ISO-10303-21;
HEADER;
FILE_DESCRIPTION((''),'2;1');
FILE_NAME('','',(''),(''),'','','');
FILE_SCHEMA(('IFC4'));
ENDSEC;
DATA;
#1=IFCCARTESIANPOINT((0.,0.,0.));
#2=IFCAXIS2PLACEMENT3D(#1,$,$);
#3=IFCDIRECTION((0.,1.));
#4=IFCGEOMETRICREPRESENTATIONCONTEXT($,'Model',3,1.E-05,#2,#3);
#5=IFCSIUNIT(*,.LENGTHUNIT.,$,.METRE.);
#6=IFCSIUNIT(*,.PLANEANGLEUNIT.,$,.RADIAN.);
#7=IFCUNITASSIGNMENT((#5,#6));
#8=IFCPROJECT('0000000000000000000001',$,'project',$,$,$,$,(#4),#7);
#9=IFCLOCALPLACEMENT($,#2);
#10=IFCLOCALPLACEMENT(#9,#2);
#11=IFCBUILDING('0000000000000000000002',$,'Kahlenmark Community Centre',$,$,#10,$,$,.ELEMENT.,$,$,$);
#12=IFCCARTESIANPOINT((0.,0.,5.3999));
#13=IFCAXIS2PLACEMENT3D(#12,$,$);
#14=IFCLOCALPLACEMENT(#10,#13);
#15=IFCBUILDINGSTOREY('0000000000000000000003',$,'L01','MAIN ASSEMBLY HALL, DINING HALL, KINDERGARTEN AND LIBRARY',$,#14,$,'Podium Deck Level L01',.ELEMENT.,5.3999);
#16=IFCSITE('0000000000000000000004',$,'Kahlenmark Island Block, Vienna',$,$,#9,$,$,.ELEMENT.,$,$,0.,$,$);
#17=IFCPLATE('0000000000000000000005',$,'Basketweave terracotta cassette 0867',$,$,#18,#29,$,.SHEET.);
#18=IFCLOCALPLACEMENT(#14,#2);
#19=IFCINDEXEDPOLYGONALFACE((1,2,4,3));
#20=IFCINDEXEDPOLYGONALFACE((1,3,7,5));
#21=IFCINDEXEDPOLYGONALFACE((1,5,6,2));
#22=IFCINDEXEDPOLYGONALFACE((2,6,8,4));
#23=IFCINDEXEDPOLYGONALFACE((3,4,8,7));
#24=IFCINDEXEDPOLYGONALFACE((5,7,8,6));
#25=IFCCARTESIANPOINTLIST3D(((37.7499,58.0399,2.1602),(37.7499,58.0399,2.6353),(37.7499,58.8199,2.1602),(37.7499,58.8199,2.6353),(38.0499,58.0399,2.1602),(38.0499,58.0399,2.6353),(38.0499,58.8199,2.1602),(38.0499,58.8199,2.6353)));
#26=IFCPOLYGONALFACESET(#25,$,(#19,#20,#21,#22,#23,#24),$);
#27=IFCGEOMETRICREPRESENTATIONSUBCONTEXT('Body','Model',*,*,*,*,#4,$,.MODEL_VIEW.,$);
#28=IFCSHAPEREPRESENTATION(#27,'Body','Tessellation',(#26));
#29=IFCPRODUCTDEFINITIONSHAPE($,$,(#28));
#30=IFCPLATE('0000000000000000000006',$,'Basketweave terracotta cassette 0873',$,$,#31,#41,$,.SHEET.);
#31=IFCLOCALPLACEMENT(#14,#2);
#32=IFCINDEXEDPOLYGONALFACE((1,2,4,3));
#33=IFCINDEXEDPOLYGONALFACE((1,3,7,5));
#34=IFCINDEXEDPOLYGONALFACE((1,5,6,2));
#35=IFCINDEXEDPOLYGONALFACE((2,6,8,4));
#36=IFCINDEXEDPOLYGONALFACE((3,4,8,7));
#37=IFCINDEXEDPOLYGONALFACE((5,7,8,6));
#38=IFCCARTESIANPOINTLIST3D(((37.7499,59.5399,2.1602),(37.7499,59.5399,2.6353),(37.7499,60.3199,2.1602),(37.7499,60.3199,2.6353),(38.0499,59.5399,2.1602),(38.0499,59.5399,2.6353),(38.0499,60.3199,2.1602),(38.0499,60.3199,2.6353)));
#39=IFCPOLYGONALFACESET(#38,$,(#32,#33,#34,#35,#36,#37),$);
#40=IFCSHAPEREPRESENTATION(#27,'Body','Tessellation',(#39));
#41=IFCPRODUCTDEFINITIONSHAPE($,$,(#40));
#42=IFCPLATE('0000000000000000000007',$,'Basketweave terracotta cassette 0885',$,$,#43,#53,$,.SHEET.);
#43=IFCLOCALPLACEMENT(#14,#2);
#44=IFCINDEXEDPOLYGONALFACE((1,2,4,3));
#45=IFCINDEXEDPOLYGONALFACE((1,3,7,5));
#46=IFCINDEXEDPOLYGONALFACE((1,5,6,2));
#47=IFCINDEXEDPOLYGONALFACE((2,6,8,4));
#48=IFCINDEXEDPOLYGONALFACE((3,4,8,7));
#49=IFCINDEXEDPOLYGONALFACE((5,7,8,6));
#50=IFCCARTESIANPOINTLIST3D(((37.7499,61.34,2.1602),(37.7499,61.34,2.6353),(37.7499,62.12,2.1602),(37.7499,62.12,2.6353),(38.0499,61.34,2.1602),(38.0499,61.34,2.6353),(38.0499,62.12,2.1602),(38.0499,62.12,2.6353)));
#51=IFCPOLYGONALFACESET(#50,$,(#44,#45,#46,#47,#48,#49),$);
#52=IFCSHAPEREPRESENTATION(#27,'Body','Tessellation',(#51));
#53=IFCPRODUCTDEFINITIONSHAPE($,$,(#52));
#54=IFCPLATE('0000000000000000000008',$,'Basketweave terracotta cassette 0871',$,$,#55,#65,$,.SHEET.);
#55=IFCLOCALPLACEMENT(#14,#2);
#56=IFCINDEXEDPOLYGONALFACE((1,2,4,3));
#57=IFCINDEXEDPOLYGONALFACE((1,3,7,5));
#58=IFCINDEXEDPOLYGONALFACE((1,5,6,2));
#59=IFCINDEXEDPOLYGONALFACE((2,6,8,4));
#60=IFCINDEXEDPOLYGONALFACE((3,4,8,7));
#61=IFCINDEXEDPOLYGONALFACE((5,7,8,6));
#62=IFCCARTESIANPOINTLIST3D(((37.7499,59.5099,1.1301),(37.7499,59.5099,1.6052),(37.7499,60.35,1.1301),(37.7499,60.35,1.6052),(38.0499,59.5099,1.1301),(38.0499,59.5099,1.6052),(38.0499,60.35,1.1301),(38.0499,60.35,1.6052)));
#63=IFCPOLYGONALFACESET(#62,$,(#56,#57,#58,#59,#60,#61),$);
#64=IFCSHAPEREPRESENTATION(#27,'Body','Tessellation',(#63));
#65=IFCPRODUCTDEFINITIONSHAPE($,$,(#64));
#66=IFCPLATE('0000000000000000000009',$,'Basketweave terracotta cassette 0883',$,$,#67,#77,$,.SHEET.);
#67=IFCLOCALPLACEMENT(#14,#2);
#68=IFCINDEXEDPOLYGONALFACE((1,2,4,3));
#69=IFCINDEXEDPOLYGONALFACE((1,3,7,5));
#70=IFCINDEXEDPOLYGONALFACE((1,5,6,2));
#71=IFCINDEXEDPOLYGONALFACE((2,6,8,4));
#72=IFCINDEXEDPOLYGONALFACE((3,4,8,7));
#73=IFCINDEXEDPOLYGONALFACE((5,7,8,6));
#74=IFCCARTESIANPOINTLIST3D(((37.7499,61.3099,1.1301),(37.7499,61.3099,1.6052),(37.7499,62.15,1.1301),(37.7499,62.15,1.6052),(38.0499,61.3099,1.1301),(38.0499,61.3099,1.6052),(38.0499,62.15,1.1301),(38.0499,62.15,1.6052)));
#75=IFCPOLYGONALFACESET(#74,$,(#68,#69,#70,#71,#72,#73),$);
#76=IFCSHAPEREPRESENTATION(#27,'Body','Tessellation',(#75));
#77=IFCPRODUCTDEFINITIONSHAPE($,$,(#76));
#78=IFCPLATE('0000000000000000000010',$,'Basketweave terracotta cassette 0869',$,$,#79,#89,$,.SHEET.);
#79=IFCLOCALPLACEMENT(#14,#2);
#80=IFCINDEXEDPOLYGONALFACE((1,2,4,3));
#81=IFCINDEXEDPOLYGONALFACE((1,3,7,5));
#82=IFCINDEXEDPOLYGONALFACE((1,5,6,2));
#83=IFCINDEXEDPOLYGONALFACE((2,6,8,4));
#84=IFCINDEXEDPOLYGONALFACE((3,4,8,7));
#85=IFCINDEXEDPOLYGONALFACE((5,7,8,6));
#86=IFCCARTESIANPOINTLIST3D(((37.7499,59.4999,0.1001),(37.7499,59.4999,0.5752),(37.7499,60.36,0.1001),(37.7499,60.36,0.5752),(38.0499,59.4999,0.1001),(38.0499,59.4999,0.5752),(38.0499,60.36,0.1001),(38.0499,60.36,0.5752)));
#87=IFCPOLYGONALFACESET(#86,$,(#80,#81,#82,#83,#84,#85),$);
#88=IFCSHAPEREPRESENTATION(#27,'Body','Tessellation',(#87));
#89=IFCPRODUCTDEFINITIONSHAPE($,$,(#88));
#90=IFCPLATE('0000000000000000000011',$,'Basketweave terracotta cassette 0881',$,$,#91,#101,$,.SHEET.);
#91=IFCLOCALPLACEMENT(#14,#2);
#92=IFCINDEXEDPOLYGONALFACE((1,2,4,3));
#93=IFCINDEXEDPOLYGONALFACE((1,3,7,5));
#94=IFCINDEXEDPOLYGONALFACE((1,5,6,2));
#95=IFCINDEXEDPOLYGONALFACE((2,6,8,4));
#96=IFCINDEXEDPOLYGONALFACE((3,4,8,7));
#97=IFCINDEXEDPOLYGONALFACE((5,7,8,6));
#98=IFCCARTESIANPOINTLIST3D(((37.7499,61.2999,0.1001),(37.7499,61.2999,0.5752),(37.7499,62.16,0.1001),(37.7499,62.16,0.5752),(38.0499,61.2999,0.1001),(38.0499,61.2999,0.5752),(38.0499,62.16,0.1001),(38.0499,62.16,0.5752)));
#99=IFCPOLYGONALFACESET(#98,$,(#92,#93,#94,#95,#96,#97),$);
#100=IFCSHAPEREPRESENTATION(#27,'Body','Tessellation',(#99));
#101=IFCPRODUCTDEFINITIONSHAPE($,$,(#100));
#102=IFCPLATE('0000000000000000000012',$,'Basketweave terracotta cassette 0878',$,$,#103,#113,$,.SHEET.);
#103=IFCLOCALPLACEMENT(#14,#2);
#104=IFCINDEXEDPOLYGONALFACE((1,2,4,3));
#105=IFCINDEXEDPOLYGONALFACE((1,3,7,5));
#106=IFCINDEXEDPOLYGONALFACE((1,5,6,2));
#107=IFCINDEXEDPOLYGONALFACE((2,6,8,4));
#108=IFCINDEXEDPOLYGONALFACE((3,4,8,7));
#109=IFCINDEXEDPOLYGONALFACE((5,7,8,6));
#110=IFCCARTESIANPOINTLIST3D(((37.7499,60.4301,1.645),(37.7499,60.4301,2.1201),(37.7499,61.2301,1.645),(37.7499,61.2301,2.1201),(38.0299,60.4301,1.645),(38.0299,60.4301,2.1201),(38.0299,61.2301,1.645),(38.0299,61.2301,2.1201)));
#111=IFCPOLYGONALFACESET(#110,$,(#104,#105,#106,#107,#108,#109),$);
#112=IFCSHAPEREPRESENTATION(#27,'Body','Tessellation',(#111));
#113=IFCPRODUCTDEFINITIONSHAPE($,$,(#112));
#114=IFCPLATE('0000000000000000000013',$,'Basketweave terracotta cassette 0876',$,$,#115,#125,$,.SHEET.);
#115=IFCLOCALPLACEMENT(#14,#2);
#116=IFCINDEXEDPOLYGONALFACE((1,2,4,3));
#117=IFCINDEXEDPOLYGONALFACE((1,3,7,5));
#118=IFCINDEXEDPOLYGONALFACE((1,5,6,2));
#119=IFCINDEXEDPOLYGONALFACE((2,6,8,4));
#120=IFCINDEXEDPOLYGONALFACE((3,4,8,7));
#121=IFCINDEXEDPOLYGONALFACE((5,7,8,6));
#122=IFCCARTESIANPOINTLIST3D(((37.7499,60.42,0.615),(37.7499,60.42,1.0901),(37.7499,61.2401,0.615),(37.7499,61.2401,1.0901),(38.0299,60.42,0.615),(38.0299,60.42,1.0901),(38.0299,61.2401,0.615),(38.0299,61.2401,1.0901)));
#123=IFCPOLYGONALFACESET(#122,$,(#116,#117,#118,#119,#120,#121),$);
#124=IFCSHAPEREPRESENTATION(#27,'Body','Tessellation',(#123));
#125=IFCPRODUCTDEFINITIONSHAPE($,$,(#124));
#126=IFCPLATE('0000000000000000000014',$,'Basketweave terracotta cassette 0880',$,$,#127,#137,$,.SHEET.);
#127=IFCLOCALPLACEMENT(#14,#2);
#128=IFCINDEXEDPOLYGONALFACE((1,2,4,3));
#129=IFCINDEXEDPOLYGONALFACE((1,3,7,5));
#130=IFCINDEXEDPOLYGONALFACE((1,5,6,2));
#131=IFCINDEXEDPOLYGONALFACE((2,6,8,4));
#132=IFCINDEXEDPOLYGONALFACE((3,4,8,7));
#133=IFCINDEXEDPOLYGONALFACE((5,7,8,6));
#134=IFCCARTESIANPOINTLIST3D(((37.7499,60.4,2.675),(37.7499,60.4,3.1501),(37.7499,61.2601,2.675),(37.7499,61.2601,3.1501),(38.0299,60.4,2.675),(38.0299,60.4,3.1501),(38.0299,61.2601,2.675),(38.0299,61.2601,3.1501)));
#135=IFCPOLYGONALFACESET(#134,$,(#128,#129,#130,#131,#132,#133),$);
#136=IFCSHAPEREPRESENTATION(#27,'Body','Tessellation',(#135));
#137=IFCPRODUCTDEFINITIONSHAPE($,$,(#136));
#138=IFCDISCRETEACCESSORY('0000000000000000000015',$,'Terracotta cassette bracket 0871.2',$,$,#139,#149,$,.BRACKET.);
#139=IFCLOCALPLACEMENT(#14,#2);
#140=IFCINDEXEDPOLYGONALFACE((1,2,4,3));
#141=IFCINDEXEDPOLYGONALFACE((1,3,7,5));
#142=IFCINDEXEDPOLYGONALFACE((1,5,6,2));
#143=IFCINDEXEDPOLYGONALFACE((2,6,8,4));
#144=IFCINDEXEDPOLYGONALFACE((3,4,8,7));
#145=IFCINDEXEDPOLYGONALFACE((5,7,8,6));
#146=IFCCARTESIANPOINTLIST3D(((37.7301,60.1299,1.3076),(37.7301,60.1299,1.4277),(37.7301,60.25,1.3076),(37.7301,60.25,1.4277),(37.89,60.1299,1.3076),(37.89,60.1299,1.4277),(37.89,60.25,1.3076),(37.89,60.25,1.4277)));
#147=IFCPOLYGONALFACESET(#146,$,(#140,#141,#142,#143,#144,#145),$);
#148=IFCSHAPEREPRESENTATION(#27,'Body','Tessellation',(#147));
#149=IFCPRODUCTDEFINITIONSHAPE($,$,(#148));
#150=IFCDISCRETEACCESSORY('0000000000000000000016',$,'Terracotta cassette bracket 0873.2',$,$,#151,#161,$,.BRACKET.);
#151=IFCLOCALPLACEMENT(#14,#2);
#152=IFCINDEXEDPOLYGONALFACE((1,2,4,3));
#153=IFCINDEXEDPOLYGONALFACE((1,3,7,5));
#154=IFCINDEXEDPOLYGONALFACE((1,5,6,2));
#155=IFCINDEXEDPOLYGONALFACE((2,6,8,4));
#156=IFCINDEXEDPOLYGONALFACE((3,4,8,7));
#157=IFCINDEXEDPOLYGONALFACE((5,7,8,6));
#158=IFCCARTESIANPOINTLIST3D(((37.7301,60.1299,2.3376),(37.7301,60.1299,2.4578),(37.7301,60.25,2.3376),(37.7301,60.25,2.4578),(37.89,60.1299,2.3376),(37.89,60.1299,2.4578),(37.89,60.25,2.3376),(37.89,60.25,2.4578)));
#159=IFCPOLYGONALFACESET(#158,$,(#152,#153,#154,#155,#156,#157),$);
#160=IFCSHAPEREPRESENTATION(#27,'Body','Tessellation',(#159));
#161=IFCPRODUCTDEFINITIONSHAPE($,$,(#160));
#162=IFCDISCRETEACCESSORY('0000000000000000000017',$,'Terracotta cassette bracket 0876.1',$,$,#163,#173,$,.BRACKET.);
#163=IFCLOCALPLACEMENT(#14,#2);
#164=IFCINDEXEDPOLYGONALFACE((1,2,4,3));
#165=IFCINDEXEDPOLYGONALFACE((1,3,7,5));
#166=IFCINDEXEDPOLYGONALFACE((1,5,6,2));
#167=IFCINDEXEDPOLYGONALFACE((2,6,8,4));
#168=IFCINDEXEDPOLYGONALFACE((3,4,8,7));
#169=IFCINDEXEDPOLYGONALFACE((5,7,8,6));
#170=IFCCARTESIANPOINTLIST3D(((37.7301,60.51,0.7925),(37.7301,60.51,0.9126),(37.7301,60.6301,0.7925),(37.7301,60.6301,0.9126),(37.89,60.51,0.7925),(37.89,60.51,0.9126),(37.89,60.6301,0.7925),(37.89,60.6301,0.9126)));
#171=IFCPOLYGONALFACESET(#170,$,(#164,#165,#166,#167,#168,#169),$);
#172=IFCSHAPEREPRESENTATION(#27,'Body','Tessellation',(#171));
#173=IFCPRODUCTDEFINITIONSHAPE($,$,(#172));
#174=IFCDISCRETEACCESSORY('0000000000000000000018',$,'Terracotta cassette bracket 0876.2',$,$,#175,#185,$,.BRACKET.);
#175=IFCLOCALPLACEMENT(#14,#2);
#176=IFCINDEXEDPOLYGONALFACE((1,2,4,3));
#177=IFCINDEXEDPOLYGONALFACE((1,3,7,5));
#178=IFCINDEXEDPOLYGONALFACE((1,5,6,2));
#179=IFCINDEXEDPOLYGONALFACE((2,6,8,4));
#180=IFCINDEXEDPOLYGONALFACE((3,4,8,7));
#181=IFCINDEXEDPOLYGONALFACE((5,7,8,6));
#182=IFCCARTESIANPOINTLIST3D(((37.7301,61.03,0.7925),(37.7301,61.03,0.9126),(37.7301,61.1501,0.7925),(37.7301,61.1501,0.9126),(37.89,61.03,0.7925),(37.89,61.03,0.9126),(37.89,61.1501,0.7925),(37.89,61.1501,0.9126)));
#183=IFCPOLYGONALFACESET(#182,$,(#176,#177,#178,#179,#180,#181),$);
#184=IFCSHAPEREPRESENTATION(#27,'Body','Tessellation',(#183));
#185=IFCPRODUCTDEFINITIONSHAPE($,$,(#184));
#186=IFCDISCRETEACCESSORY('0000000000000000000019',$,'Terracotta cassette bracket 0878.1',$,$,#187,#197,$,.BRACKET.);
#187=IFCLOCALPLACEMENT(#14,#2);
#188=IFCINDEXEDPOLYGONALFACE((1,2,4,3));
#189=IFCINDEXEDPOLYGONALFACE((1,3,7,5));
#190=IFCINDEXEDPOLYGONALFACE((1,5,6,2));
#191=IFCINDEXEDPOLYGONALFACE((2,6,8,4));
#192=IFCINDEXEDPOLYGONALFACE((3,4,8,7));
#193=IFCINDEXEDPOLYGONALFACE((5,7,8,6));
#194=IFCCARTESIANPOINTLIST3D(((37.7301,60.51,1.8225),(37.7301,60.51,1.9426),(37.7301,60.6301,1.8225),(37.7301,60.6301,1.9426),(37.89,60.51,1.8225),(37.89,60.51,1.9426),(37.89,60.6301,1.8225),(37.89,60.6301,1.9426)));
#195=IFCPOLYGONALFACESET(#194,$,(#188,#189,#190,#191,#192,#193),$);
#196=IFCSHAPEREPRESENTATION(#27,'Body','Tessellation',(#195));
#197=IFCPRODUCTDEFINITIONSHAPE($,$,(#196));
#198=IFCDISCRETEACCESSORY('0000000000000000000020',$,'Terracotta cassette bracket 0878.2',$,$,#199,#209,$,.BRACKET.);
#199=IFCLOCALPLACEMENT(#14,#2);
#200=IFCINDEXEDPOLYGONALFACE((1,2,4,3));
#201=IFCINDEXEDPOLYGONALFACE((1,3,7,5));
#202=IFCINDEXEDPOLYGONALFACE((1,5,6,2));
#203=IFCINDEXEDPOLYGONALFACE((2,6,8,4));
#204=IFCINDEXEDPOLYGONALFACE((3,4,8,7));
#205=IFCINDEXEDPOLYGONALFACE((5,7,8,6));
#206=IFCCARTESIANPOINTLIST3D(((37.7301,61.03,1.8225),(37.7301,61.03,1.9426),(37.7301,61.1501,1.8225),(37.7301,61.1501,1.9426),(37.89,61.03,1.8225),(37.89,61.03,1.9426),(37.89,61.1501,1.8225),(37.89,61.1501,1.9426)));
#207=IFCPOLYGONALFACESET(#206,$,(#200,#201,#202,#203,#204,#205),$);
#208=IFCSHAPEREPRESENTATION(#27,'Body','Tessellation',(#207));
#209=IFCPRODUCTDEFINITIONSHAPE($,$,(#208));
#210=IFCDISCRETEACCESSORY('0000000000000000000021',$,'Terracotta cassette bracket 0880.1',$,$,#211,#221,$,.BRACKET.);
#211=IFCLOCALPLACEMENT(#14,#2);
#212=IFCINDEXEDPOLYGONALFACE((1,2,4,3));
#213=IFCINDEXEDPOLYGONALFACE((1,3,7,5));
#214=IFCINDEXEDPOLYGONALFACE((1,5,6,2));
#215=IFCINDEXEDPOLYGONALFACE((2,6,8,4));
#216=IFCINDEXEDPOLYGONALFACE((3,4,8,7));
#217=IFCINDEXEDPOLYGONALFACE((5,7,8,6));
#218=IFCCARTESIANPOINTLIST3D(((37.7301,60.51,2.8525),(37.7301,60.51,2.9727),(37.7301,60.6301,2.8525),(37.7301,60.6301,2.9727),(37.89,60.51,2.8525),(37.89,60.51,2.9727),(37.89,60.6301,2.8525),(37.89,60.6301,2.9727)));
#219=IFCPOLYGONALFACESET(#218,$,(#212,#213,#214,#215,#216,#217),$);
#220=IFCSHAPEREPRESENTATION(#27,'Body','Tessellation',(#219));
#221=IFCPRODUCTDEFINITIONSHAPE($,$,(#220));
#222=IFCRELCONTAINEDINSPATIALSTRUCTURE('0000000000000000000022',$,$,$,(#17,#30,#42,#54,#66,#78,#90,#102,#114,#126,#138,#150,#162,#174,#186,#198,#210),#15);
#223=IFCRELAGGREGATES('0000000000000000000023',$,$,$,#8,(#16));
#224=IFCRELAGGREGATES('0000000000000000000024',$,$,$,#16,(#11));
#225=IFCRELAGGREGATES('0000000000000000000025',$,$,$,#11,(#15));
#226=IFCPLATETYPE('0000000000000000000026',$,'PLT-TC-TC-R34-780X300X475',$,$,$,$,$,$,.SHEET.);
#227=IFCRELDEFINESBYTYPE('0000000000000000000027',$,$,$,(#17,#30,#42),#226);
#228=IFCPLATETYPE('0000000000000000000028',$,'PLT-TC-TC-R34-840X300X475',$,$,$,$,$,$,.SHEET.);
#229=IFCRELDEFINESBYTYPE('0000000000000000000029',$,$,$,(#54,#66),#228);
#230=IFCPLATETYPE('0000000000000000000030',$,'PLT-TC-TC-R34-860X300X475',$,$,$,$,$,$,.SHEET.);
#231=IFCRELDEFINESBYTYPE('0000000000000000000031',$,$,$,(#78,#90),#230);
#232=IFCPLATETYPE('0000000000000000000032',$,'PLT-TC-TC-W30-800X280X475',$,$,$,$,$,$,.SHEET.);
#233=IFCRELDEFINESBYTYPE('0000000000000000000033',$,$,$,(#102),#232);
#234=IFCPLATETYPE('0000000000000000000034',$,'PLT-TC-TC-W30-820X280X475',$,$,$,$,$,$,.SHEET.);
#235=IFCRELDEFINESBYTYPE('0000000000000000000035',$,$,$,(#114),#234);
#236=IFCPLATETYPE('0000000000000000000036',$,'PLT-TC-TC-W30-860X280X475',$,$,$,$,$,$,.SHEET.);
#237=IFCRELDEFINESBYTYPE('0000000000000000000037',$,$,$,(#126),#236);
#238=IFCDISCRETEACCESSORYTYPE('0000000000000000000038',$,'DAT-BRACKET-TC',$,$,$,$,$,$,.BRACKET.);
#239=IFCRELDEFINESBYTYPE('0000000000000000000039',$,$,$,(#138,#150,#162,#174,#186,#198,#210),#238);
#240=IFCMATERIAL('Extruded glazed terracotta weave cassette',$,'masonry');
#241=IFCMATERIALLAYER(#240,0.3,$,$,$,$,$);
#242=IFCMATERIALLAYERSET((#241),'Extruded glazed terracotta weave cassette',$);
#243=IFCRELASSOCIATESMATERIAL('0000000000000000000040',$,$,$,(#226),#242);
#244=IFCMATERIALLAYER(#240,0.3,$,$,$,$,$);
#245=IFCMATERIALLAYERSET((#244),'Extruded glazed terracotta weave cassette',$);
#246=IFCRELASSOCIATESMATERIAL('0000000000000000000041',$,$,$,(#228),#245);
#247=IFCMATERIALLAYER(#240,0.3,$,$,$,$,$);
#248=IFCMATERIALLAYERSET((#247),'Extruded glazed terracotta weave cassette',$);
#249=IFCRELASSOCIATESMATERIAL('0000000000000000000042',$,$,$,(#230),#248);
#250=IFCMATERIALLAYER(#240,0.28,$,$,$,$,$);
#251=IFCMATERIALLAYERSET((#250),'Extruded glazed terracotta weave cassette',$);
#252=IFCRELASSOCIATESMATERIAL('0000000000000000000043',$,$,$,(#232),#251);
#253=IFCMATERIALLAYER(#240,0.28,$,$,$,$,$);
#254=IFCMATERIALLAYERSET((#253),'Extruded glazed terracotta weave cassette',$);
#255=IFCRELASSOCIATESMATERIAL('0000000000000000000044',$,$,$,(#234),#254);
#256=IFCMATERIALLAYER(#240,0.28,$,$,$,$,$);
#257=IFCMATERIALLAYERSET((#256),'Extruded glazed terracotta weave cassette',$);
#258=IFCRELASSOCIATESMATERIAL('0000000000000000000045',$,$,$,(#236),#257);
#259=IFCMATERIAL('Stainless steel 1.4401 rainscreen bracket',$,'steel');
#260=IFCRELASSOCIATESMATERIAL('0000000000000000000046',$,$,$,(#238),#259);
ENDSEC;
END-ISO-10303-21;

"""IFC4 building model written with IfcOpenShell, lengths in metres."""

from ifc_helpers import new_model, si_unit, direction, frame, origin, origin_2d, place, context, subcontext, project, spatial, rectangle, extrude, material, layer, layer_set, type_object, element, save


model = new_model("IFC4")

# Units and contexts
model_context = context("Model", 3, precision=1e-05, world=origin(), true_north=direction((0.0, 1.0)))
body_context = subcontext(model_context, "Body", "Model", "MODEL_VIEW")
ifc_project = project(units=[si_unit("LENGTHUNIT", "METRE"), si_unit("PLANEANGLEUNIT", "RADIAN")], contexts=[model_context])

# Site, building, storey
site_placement = place(None, origin())
site = spatial("IfcSite", under=ifc_project, at=site_placement, Name="Kahlenmark Island Block, Vienna", CompositionType="ELEMENT", RefElevation=0.0)
building_placement = place(site_placement, origin())
building = spatial("IfcBuilding", under=site, at=building_placement, Name="Kahlenmark Community Centre", CompositionType="ELEMENT")
storey_placement = place(building_placement, frame((0.0, 0.0, 5.3999)))
storey = spatial("IfcBuildingStorey", under=building, at=storey_placement, Name="L01", Description="MAIN ASSEMBLY HALL, DINING HALL, KINDERGARTEN AND LIBRARY", LongName="Podium Deck Level L01", CompositionType="ELEMENT", Elevation=5.3999)

# Plates
ifc_material_1 = material(Name="Extruded glazed terracotta weave cassette", Category="masonry")
ifc_layer_1 = layer(ifc_material_1, 0.3)
ifc_layer_set_1 = layer_set([ifc_layer_1], Name="Extruded glazed terracotta weave cassette")
plate_type_1 = type_object("IfcPlateType", Name="PLT-TC-TC-R34-780X300X475", PredefinedType="SHEET", material=ifc_layer_set_1)
for number, where, z_axis, x_axis, name in (
    (1, (37.8999, 58.4299, 2.1602), (0.0, 0.0, 1.0), (0.0, 1.0, 0.0), "Basketweave terracotta cassette 0867"),
    (2, (37.8999, 59.9299, 2.1602), (0.0, 0.0, 1.0), (0.0, 1.0, 0.0), "Basketweave terracotta cassette 0873"),
    (3, (37.8999, 61.73, 2.1602), (0.0, 0.0, 1.0), (0.0, 1.0, 0.0), "Basketweave terracotta cassette 0885"),
):
    element("IfcPlate", number, at=place(storey_placement, frame(where, z_axis=z_axis, x_axis=x_axis)), inside=storey, type_object=plate_type_1, Name=name, PredefinedType="SHEET", context=body_context, shape_type="SweptSolid", body=[
        extrude(rectangle(XDim=0.78, YDim=0.3, at=origin_2d()), origin(), (0.0, 0.0, 1.0), 0.4751),
    ])
ifc_layer_2 = layer(ifc_material_1, 0.3)
ifc_layer_set_2 = layer_set([ifc_layer_2], Name="Extruded glazed terracotta weave cassette")
plate_type_2 = type_object("IfcPlateType", Name="PLT-TC-TC-R34-840X300X475", PredefinedType="SHEET", material=ifc_layer_set_2)
for number, where, z_axis, x_axis, name in (
    (4, (37.8999, 59.9299, 1.1301), (0.0, 0.0, 1.0), (0.0, 1.0, 0.0), "Basketweave terracotta cassette 0871"),
    (5, (37.8999, 61.73, 1.1301), (0.0, 0.0, 1.0), (0.0, 1.0, 0.0), "Basketweave terracotta cassette 0883"),
):
    element("IfcPlate", number, at=place(storey_placement, frame(where, z_axis=z_axis, x_axis=x_axis)), inside=storey, type_object=plate_type_2, Name=name, PredefinedType="SHEET", context=body_context, shape_type="SweptSolid", body=[
        extrude(rectangle(XDim=0.8401, YDim=0.3, at=origin_2d()), origin(), (0.0, 0.0, 1.0), 0.4751),
    ])
ifc_layer_3 = layer(ifc_material_1, 0.3)
ifc_layer_set_3 = layer_set([ifc_layer_3], Name="Extruded glazed terracotta weave cassette")
plate_type_3 = type_object("IfcPlateType", Name="PLT-TC-TC-R34-860X300X475", PredefinedType="SHEET", material=ifc_layer_set_3)
for number, where, z_axis, x_axis, name in (
    (6, (37.8999, 59.9299, 0.1001), (0.0, 0.0, 1.0), (0.0, 1.0, 0.0), "Basketweave terracotta cassette 0869"),
    (7, (37.8999, 61.73, 0.1001), (0.0, 0.0, 1.0), (0.0, 1.0, 0.0), "Basketweave terracotta cassette 0881"),
):
    element("IfcPlate", number, at=place(storey_placement, frame(where, z_axis=z_axis, x_axis=x_axis)), inside=storey, type_object=plate_type_3, Name=name, PredefinedType="SHEET", context=body_context, shape_type="SweptSolid", body=[
        extrude(rectangle(XDim=0.8601, YDim=0.3, at=origin_2d()), origin(), (0.0, 0.0, 1.0), 0.4751),
    ])
ifc_layer_4 = layer(ifc_material_1, 0.28)
ifc_layer_set_4 = layer_set([ifc_layer_4], Name="Extruded glazed terracotta weave cassette")
plate_type_4 = type_object("IfcPlateType", Name="PLT-TC-TC-W30-800X280X475", PredefinedType="SHEET", material=ifc_layer_set_4)
plate_1_placement = place(storey_placement, frame((37.8899, 60.8301, 1.645), z_axis=(0.0, 0.0, 1.0), x_axis=(0.0, 1.0, 0.0)))
element("IfcPlate", 8, at=plate_1_placement, inside=storey, type_object=plate_type_4, Name="Basketweave terracotta cassette 0878", PredefinedType="SHEET", context=body_context, shape_type="SweptSolid", body=[
    extrude(rectangle(XDim=0.8, YDim=0.28, at=origin_2d()), origin(), (0.0, 0.0, 1.0), 0.4751),
])
ifc_layer_5 = layer(ifc_material_1, 0.28)
ifc_layer_set_5 = layer_set([ifc_layer_5], Name="Extruded glazed terracotta weave cassette")
plate_type_5 = type_object("IfcPlateType", Name="PLT-TC-TC-W30-820X280X475", PredefinedType="SHEET", material=ifc_layer_set_5)
plate_2_placement = place(storey_placement, frame((37.8899, 60.8301, 0.615), z_axis=(0.0, 0.0, 1.0), x_axis=(0.0, 1.0, 0.0)))
element("IfcPlate", 9, at=plate_2_placement, inside=storey, type_object=plate_type_5, Name="Basketweave terracotta cassette 0876", PredefinedType="SHEET", context=body_context, shape_type="SweptSolid", body=[
    extrude(rectangle(XDim=0.8201, YDim=0.28, at=origin_2d()), origin(), (0.0, 0.0, 1.0), 0.4751),
])
ifc_layer_6 = layer(ifc_material_1, 0.28)
ifc_layer_set_6 = layer_set([ifc_layer_6], Name="Extruded glazed terracotta weave cassette")
plate_type_6 = type_object("IfcPlateType", Name="PLT-TC-TC-W30-860X280X475", PredefinedType="SHEET", material=ifc_layer_set_6)
plate_3_placement = place(storey_placement, frame((37.8899, 60.8301, 2.675), z_axis=(0.0, 0.0, 1.0), x_axis=(0.0, 1.0, 0.0)))
element("IfcPlate", 10, at=plate_3_placement, inside=storey, type_object=plate_type_6, Name="Basketweave terracotta cassette 0880", PredefinedType="SHEET", context=body_context, shape_type="SweptSolid", body=[
    extrude(rectangle(XDim=0.8601, YDim=0.28, at=origin_2d()), origin(), (0.0, 0.0, 1.0), 0.4751),
])

# Discrete accessories
ifc_material_2 = material(Name="Stainless steel 1.4401 rainscreen bracket", Category="steel")
discrete_accessory_type = type_object("IfcDiscreteAccessoryType", Name="DAT-BRACKET-TC", PredefinedType="BRACKET", material=ifc_material_2)
for number, where, z_axis, x_axis, name in (
    (11, (37.8101, 60.1899, 1.3076), (0.0, 0.0, 1.0), (0.0, 1.0, 0.0), "Terracotta cassette bracket 0871.2"),
    (12, (37.8101, 60.1899, 2.3376), (0.0, 0.0, 1.0), (0.0, 1.0, 0.0), "Terracotta cassette bracket 0873.2"),
    (13, (37.8101, 60.5701, 0.7925), (0.0, 0.0, 1.0), (0.0, 1.0, 0.0), "Terracotta cassette bracket 0876.1"),
    (14, (37.8101, 61.0901, 0.7925), (0.0, 0.0, 1.0), (0.0, 1.0, 0.0), "Terracotta cassette bracket 0876.2"),
    (15, (37.8101, 60.5701, 1.8225), (0.0, 0.0, 1.0), (0.0, 1.0, 0.0), "Terracotta cassette bracket 0878.1"),
    (16, (37.8101, 61.0901, 1.8225), (0.0, 0.0, 1.0), (0.0, 1.0, 0.0), "Terracotta cassette bracket 0878.2"),
    (17, (37.8101, 60.5701, 2.8525), (0.0, 0.0, 1.0), (0.0, 1.0, 0.0), "Terracotta cassette bracket 0880.1"),
):
    element("IfcDiscreteAccessory", number, at=place(storey_placement, frame(where, z_axis=z_axis, x_axis=x_axis)), inside=storey, type_object=discrete_accessory_type, Name=name, PredefinedType="BRACKET", context=body_context, shape_type="SweptSolid", body=[
        extrude(rectangle(XDim=0.1201, YDim=0.1599, at=origin_2d()), origin(), (0.0, 0.0, 1.0), 0.1201),
    ])

save(model, "model.ifc")
